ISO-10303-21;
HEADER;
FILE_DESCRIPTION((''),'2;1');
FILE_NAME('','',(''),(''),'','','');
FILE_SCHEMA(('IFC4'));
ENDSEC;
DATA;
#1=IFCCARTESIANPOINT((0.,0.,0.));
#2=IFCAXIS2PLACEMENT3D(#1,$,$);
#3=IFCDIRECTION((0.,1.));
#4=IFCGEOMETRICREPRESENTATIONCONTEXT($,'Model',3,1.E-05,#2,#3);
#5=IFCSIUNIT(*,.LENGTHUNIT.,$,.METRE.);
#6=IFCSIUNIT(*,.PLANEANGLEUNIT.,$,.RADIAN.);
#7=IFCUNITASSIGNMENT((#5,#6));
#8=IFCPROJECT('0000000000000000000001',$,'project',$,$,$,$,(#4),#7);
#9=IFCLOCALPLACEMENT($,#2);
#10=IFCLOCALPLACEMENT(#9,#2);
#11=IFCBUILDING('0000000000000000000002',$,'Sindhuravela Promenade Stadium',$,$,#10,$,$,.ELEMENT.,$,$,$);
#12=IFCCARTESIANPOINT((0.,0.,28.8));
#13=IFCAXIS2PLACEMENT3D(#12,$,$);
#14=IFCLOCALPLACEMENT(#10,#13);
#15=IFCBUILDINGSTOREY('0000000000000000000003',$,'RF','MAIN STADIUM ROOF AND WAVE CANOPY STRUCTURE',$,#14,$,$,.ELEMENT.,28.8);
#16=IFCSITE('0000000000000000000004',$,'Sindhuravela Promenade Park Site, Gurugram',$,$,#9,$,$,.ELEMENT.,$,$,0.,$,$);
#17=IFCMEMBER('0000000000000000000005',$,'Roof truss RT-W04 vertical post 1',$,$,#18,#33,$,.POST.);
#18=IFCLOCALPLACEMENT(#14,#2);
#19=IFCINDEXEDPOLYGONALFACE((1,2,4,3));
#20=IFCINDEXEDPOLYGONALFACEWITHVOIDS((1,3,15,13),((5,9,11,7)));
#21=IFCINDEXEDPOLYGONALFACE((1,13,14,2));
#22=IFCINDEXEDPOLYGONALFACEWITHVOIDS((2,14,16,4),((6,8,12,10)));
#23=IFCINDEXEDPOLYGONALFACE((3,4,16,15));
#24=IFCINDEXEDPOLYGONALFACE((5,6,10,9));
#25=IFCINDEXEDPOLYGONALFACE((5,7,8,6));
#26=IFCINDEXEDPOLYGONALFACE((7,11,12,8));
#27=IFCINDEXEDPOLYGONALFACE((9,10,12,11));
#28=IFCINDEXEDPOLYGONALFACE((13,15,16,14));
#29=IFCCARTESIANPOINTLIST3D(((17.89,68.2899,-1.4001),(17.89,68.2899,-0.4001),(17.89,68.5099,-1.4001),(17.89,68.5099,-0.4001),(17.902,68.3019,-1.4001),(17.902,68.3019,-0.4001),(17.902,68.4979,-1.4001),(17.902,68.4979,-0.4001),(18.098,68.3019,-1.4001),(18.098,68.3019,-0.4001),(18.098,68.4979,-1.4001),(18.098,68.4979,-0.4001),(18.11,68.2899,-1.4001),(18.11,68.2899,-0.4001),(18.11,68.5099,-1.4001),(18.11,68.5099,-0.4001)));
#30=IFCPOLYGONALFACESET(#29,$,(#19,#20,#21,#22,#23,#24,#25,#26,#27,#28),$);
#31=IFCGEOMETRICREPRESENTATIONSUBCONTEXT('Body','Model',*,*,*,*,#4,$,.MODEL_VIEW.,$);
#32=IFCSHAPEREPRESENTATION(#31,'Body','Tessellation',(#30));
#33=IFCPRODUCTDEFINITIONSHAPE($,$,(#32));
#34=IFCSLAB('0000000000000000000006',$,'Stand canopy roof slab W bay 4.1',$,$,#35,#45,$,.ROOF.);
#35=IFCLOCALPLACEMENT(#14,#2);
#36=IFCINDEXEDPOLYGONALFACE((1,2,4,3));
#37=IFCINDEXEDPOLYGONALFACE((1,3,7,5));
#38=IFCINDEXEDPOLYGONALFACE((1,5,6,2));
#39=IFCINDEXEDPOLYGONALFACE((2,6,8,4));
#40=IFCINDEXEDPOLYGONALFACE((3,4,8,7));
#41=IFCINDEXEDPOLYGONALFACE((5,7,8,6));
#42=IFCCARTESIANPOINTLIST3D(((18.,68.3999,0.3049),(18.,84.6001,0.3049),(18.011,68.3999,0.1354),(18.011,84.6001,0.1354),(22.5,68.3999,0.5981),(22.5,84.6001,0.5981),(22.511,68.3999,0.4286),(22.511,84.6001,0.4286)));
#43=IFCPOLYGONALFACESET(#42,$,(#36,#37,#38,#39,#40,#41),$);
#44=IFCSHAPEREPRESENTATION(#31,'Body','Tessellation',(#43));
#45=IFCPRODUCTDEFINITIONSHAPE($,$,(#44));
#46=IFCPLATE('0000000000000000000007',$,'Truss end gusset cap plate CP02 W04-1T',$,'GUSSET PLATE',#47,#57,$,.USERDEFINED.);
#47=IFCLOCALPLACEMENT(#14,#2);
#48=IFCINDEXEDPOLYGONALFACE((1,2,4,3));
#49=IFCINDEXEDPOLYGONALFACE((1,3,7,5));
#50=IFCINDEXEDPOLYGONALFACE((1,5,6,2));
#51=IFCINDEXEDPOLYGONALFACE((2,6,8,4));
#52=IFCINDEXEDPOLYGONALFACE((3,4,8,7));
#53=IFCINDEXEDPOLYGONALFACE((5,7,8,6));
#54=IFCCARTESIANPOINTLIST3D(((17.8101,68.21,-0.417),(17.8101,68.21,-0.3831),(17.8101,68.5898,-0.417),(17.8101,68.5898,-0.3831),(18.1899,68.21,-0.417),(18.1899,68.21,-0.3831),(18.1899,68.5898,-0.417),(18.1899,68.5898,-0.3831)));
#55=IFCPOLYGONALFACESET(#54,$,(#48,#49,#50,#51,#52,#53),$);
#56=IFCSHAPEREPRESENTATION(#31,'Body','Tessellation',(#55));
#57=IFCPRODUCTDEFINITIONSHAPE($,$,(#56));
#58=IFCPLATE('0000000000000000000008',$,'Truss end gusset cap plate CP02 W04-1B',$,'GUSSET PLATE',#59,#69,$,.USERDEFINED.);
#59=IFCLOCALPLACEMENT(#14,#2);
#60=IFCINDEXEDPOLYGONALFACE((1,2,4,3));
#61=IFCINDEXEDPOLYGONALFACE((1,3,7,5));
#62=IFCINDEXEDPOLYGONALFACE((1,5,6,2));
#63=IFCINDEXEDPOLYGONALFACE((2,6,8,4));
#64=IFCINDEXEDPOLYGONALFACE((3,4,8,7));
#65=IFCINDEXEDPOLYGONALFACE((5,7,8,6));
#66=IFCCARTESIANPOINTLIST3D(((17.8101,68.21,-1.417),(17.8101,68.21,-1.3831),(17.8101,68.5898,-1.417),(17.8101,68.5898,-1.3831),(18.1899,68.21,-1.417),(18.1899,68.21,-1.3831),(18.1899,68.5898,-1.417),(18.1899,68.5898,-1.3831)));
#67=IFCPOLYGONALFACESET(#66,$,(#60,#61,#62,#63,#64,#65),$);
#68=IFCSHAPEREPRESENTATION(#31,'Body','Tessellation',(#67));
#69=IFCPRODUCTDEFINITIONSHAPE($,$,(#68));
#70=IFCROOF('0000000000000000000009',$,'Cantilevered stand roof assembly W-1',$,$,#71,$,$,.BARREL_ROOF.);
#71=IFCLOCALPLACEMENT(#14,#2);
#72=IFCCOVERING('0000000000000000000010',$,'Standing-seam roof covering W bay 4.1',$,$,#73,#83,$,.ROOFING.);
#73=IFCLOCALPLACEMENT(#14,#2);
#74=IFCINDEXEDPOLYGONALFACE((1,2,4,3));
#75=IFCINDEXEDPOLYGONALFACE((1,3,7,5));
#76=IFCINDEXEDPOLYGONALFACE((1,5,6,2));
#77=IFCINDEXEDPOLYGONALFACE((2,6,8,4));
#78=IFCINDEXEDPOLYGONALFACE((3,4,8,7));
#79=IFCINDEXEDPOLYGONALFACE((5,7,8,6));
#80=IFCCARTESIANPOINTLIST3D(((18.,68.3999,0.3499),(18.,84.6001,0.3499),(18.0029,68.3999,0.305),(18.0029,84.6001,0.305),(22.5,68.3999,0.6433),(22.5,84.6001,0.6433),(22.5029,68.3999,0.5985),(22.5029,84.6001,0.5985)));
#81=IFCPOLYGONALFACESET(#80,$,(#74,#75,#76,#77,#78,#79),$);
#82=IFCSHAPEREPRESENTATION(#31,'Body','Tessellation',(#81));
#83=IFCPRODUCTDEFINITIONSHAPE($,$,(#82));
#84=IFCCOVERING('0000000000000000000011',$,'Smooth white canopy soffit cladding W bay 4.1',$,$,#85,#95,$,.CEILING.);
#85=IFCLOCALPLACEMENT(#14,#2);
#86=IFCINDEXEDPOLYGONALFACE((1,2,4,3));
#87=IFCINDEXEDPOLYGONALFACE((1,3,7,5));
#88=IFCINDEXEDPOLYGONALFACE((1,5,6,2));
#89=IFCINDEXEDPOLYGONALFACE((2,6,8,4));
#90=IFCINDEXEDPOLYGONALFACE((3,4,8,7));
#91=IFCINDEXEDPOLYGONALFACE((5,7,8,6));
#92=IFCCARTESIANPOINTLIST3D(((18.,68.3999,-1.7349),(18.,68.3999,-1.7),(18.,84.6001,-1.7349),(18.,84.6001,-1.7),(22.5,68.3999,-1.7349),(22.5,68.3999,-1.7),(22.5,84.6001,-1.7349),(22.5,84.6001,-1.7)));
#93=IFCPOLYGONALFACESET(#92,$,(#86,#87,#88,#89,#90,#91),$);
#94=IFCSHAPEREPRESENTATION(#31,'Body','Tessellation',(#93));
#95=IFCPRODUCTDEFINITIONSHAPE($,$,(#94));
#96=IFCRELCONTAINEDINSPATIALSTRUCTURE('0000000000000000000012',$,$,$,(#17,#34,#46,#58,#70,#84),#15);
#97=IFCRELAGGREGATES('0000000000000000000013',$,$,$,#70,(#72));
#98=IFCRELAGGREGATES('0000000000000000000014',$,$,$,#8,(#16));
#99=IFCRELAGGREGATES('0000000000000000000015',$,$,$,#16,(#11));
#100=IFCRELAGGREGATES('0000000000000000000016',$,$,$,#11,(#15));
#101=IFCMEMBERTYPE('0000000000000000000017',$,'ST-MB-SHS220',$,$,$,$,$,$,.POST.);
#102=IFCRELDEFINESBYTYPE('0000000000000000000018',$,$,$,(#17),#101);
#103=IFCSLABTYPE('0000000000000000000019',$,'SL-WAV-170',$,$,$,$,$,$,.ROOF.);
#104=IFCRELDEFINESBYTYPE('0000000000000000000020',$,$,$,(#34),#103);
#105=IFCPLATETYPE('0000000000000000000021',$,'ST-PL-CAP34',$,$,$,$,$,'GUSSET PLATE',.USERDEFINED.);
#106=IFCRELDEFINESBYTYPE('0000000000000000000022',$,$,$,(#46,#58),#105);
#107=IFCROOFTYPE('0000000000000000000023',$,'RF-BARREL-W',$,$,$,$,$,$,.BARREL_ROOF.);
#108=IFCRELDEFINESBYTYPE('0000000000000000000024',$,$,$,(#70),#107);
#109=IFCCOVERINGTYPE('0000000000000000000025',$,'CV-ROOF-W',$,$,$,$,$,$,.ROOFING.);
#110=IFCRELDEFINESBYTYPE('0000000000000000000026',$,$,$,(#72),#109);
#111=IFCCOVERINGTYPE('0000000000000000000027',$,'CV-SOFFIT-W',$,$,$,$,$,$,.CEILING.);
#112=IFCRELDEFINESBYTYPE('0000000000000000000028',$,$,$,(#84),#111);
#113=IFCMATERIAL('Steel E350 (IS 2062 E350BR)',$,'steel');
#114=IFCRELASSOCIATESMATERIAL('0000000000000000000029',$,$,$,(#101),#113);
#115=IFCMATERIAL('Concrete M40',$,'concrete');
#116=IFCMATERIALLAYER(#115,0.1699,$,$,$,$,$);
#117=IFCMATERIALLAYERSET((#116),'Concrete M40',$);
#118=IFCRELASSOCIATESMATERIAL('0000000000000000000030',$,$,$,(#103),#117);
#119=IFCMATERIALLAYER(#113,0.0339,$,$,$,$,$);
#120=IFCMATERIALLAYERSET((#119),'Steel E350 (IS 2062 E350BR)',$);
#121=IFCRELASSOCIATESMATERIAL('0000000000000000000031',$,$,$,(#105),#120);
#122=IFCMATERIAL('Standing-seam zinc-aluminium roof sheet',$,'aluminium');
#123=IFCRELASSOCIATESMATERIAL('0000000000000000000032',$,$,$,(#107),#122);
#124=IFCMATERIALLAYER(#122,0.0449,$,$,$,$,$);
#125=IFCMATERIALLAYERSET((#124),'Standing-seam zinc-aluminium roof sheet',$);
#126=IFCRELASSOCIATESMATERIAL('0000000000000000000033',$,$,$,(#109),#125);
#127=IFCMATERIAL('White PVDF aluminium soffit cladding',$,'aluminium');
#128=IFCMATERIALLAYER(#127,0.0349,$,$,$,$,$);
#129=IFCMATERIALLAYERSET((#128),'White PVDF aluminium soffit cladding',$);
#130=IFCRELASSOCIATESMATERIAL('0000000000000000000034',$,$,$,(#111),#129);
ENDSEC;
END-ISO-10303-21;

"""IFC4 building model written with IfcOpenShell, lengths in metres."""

from ifc_helpers import new_model, si_unit, direction, frame, origin, origin_2d, place, context, subcontext, project, spatial, polyline, rectangle, hollow_rectangle, outline, extrude, material, layer, layer_set, material_profile, profile_set, type_object, element, aggregate, save


model = new_model("IFC4")

# Units and contexts
model_context = context("Model", 3, precision=1e-05, world=origin(), true_north=direction((0.0, 1.0)))
body_context = subcontext(model_context, "Body", "Model", "MODEL_VIEW")
ifc_project = project(units=[si_unit("LENGTHUNIT", "METRE"), si_unit("PLANEANGLEUNIT", "RADIAN")], contexts=[model_context])

# Site, building, storey
site_placement = place(None, origin())
site = spatial("IfcSite", under=ifc_project, at=site_placement, Name="Sindhuravela Promenade Park Site, Gurugram", CompositionType="ELEMENT", RefElevation=0.0)
building_placement = place(site_placement, origin())
building = spatial("IfcBuilding", under=site, at=building_placement, Name="Sindhuravela Promenade Stadium", CompositionType="ELEMENT")
storey_placement = place(building_placement, frame((0.0, 0.0, 28.8)))
storey = spatial("IfcBuildingStorey", under=building, at=storey_placement, Name="RF", Description="MAIN STADIUM ROOF AND WAVE CANOPY STRUCTURE", CompositionType="ELEMENT", Elevation=28.8)

# Shared definitions
ifc_material_1 = material(Name="Concrete M40", Category="concrete")
ifc_material_2 = material(Name="Steel E350 (IS 2062 E350BR)", Category="steel")

# Member
ifc_material_profile_1 = material_profile(ifc_material_2, hollow_rectangle(XDim=0.22, YDim=0.22, WallThickness=0.012, at=origin_2d()), Name="SHS 220x220x12")
ifc_profile_set_1 = profile_set([ifc_material_profile_1], Name="Steel E350 (IS 2062 E350BR)")
member_type_1 = type_object("IfcMemberType", Name="ST-MB-SHS220", PredefinedType="POST", material=ifc_profile_set_1)
member_1_placement = place(storey_placement, frame((18.0, 68.3999, -1.4001), z_axis=(0.0, 0.0, 1.0), x_axis=(1.0, 0.0, 0.0)))
element("IfcMember", 1, at=member_1_placement, inside=storey, type_object=member_type_1, Name="Roof truss RT-W04 vertical post 1", PredefinedType="POST", context=body_context, shape_type="SweptSolid", body=[
    extrude(hollow_rectangle(XDim=0.22, YDim=0.22, WallThickness=0.012, at=origin_2d()), origin(), (0.0, 0.0, 1.0), 1.0),
])

# Slab
ifc_layer_1 = layer(ifc_material_1, 0.1699)
ifc_layer_set_1 = layer_set([ifc_layer_1], Name="Concrete M40")
slab_type = type_object("IfcSlabType", Name="SL-WAV-170", PredefinedType="ROOF", material=ifc_layer_set_1)
slab_placement = place(storey_placement, frame((18.0, 68.3999, 0.3049), z_axis=(-0.065021, 0.0, 0.997884), x_axis=(0.0, 1.0, 0.0)))
element("IfcSlab", 2, at=slab_placement, inside=storey, type_object=slab_type, Name="Stand canopy roof slab W bay 4.1", PredefinedType="ROOF", context=body_context, shape_type="SweptSolid", body=[
    extrude(outline(polyline([(0.0, 0.0), (0.0, -4.5095), (16.2002, -4.5095), (16.2002, 0.0), (0.0, 0.0)])), origin(), (0.0, 0.0, -1.0), 0.1699),
])

# Plates
ifc_layer_2 = layer(ifc_material_2, 0.0339)
ifc_layer_set_2 = layer_set([ifc_layer_2], Name="Steel E350 (IS 2062 E350BR)")
plate_type = type_object("IfcPlateType", Name="ST-PL-CAP34", ElementType="GUSSET PLATE", PredefinedType="USERDEFINED", material=ifc_layer_set_2)
for number, where, z_axis, x_axis, name in (
    (3, (18.0, 68.3999, -0.417), (0.0, 0.0, 1.0), (1.0, 0.0, 0.0), "Truss end gusset cap plate CP02 W04-1T"),
    (4, (18.0, 68.3999, -1.417), (0.0, 0.0, 1.0), (1.0, 0.0, 0.0), "Truss end gusset cap plate CP02 W04-1B"),
):
    element("IfcPlate", number, at=place(storey_placement, frame(where, z_axis=z_axis, x_axis=x_axis)), inside=storey, type_object=plate_type, Name=name, ObjectType="GUSSET PLATE", PredefinedType="USERDEFINED", context=body_context, shape_type="SweptSolid", body=[
        extrude(rectangle(XDim=0.3799, YDim=0.3799, at=origin_2d()), origin(), (0.0, 0.0, 1.0), 0.0339),
    ])

# Roof, covering
ifc_material_3 = material(Name="Standing-seam zinc-aluminium roof sheet", Category="aluminium")
roof_type = type_object("IfcRoofType", Name="RF-BARREL-W", PredefinedType="BARREL_ROOF", material=ifc_material_3)
roof_placement = place(storey_placement, origin())
roof = element("IfcRoof", 5, at=roof_placement, inside=storey, type_object=roof_type, Name="Cantilevered stand roof assembly W-1", PredefinedType="BARREL_ROOF")
ifc_layer_3 = layer(ifc_material_3, 0.0449)
ifc_layer_set_3 = layer_set([ifc_layer_3], Name="Standing-seam zinc-aluminium roof sheet")
covering_type_1 = type_object("IfcCoveringType", Name="CV-ROOF-W", PredefinedType="ROOFING", material=ifc_layer_set_3)
covering_1_placement = place(storey_placement, frame((18.0, 68.3999, 0.3499), z_axis=(-0.065074, 0.0, 0.99788), x_axis=(0.0, 1.0, 0.0)))
covering_1 = element("IfcCovering", 6, at=covering_1_placement, type_object=covering_type_1, Name="Standing-seam roof covering W bay 4.1", PredefinedType="ROOFING", context=body_context, shape_type="SweptSolid", body=[
    extrude(outline(polyline([(0.0, 0.0), (0.0, -4.5096), (16.2002, -4.5096), (16.2002, 0.0), (0.0, 0.0)])), origin(), (0.0, 0.0, -1.0), 0.0449),
])
aggregate(roof, [covering_1])

# Covering
ifc_material_4 = material(Name="White PVDF aluminium soffit cladding", Category="aluminium")
ifc_layer_4 = layer(ifc_material_4, 0.0349)
ifc_layer_set_4 = layer_set([ifc_layer_4], Name="White PVDF aluminium soffit cladding")
covering_type_2 = type_object("IfcCoveringType", Name="CV-SOFFIT-W", PredefinedType="CEILING", material=ifc_layer_set_4)
covering_2_placement = place(storey_placement, frame((18.0, 68.3999, -1.7), z_axis=(0.0, 0.0, 1.0), x_axis=(0.0, 1.0, 0.0)))
element("IfcCovering", 7, at=covering_2_placement, inside=storey, type_object=covering_type_2, Name="Smooth white canopy soffit cladding W bay 4.1", PredefinedType="CEILING", context=body_context, shape_type="SweptSolid", body=[
    extrude(outline(polyline([(0.0, 0.0), (0.0, -4.5), (16.2002, -4.5), (16.2002, 0.0), (0.0, 0.0)])), origin(), (0.0, 0.0, -1.0), 0.0349),
])

save(model, "model.ifc")
